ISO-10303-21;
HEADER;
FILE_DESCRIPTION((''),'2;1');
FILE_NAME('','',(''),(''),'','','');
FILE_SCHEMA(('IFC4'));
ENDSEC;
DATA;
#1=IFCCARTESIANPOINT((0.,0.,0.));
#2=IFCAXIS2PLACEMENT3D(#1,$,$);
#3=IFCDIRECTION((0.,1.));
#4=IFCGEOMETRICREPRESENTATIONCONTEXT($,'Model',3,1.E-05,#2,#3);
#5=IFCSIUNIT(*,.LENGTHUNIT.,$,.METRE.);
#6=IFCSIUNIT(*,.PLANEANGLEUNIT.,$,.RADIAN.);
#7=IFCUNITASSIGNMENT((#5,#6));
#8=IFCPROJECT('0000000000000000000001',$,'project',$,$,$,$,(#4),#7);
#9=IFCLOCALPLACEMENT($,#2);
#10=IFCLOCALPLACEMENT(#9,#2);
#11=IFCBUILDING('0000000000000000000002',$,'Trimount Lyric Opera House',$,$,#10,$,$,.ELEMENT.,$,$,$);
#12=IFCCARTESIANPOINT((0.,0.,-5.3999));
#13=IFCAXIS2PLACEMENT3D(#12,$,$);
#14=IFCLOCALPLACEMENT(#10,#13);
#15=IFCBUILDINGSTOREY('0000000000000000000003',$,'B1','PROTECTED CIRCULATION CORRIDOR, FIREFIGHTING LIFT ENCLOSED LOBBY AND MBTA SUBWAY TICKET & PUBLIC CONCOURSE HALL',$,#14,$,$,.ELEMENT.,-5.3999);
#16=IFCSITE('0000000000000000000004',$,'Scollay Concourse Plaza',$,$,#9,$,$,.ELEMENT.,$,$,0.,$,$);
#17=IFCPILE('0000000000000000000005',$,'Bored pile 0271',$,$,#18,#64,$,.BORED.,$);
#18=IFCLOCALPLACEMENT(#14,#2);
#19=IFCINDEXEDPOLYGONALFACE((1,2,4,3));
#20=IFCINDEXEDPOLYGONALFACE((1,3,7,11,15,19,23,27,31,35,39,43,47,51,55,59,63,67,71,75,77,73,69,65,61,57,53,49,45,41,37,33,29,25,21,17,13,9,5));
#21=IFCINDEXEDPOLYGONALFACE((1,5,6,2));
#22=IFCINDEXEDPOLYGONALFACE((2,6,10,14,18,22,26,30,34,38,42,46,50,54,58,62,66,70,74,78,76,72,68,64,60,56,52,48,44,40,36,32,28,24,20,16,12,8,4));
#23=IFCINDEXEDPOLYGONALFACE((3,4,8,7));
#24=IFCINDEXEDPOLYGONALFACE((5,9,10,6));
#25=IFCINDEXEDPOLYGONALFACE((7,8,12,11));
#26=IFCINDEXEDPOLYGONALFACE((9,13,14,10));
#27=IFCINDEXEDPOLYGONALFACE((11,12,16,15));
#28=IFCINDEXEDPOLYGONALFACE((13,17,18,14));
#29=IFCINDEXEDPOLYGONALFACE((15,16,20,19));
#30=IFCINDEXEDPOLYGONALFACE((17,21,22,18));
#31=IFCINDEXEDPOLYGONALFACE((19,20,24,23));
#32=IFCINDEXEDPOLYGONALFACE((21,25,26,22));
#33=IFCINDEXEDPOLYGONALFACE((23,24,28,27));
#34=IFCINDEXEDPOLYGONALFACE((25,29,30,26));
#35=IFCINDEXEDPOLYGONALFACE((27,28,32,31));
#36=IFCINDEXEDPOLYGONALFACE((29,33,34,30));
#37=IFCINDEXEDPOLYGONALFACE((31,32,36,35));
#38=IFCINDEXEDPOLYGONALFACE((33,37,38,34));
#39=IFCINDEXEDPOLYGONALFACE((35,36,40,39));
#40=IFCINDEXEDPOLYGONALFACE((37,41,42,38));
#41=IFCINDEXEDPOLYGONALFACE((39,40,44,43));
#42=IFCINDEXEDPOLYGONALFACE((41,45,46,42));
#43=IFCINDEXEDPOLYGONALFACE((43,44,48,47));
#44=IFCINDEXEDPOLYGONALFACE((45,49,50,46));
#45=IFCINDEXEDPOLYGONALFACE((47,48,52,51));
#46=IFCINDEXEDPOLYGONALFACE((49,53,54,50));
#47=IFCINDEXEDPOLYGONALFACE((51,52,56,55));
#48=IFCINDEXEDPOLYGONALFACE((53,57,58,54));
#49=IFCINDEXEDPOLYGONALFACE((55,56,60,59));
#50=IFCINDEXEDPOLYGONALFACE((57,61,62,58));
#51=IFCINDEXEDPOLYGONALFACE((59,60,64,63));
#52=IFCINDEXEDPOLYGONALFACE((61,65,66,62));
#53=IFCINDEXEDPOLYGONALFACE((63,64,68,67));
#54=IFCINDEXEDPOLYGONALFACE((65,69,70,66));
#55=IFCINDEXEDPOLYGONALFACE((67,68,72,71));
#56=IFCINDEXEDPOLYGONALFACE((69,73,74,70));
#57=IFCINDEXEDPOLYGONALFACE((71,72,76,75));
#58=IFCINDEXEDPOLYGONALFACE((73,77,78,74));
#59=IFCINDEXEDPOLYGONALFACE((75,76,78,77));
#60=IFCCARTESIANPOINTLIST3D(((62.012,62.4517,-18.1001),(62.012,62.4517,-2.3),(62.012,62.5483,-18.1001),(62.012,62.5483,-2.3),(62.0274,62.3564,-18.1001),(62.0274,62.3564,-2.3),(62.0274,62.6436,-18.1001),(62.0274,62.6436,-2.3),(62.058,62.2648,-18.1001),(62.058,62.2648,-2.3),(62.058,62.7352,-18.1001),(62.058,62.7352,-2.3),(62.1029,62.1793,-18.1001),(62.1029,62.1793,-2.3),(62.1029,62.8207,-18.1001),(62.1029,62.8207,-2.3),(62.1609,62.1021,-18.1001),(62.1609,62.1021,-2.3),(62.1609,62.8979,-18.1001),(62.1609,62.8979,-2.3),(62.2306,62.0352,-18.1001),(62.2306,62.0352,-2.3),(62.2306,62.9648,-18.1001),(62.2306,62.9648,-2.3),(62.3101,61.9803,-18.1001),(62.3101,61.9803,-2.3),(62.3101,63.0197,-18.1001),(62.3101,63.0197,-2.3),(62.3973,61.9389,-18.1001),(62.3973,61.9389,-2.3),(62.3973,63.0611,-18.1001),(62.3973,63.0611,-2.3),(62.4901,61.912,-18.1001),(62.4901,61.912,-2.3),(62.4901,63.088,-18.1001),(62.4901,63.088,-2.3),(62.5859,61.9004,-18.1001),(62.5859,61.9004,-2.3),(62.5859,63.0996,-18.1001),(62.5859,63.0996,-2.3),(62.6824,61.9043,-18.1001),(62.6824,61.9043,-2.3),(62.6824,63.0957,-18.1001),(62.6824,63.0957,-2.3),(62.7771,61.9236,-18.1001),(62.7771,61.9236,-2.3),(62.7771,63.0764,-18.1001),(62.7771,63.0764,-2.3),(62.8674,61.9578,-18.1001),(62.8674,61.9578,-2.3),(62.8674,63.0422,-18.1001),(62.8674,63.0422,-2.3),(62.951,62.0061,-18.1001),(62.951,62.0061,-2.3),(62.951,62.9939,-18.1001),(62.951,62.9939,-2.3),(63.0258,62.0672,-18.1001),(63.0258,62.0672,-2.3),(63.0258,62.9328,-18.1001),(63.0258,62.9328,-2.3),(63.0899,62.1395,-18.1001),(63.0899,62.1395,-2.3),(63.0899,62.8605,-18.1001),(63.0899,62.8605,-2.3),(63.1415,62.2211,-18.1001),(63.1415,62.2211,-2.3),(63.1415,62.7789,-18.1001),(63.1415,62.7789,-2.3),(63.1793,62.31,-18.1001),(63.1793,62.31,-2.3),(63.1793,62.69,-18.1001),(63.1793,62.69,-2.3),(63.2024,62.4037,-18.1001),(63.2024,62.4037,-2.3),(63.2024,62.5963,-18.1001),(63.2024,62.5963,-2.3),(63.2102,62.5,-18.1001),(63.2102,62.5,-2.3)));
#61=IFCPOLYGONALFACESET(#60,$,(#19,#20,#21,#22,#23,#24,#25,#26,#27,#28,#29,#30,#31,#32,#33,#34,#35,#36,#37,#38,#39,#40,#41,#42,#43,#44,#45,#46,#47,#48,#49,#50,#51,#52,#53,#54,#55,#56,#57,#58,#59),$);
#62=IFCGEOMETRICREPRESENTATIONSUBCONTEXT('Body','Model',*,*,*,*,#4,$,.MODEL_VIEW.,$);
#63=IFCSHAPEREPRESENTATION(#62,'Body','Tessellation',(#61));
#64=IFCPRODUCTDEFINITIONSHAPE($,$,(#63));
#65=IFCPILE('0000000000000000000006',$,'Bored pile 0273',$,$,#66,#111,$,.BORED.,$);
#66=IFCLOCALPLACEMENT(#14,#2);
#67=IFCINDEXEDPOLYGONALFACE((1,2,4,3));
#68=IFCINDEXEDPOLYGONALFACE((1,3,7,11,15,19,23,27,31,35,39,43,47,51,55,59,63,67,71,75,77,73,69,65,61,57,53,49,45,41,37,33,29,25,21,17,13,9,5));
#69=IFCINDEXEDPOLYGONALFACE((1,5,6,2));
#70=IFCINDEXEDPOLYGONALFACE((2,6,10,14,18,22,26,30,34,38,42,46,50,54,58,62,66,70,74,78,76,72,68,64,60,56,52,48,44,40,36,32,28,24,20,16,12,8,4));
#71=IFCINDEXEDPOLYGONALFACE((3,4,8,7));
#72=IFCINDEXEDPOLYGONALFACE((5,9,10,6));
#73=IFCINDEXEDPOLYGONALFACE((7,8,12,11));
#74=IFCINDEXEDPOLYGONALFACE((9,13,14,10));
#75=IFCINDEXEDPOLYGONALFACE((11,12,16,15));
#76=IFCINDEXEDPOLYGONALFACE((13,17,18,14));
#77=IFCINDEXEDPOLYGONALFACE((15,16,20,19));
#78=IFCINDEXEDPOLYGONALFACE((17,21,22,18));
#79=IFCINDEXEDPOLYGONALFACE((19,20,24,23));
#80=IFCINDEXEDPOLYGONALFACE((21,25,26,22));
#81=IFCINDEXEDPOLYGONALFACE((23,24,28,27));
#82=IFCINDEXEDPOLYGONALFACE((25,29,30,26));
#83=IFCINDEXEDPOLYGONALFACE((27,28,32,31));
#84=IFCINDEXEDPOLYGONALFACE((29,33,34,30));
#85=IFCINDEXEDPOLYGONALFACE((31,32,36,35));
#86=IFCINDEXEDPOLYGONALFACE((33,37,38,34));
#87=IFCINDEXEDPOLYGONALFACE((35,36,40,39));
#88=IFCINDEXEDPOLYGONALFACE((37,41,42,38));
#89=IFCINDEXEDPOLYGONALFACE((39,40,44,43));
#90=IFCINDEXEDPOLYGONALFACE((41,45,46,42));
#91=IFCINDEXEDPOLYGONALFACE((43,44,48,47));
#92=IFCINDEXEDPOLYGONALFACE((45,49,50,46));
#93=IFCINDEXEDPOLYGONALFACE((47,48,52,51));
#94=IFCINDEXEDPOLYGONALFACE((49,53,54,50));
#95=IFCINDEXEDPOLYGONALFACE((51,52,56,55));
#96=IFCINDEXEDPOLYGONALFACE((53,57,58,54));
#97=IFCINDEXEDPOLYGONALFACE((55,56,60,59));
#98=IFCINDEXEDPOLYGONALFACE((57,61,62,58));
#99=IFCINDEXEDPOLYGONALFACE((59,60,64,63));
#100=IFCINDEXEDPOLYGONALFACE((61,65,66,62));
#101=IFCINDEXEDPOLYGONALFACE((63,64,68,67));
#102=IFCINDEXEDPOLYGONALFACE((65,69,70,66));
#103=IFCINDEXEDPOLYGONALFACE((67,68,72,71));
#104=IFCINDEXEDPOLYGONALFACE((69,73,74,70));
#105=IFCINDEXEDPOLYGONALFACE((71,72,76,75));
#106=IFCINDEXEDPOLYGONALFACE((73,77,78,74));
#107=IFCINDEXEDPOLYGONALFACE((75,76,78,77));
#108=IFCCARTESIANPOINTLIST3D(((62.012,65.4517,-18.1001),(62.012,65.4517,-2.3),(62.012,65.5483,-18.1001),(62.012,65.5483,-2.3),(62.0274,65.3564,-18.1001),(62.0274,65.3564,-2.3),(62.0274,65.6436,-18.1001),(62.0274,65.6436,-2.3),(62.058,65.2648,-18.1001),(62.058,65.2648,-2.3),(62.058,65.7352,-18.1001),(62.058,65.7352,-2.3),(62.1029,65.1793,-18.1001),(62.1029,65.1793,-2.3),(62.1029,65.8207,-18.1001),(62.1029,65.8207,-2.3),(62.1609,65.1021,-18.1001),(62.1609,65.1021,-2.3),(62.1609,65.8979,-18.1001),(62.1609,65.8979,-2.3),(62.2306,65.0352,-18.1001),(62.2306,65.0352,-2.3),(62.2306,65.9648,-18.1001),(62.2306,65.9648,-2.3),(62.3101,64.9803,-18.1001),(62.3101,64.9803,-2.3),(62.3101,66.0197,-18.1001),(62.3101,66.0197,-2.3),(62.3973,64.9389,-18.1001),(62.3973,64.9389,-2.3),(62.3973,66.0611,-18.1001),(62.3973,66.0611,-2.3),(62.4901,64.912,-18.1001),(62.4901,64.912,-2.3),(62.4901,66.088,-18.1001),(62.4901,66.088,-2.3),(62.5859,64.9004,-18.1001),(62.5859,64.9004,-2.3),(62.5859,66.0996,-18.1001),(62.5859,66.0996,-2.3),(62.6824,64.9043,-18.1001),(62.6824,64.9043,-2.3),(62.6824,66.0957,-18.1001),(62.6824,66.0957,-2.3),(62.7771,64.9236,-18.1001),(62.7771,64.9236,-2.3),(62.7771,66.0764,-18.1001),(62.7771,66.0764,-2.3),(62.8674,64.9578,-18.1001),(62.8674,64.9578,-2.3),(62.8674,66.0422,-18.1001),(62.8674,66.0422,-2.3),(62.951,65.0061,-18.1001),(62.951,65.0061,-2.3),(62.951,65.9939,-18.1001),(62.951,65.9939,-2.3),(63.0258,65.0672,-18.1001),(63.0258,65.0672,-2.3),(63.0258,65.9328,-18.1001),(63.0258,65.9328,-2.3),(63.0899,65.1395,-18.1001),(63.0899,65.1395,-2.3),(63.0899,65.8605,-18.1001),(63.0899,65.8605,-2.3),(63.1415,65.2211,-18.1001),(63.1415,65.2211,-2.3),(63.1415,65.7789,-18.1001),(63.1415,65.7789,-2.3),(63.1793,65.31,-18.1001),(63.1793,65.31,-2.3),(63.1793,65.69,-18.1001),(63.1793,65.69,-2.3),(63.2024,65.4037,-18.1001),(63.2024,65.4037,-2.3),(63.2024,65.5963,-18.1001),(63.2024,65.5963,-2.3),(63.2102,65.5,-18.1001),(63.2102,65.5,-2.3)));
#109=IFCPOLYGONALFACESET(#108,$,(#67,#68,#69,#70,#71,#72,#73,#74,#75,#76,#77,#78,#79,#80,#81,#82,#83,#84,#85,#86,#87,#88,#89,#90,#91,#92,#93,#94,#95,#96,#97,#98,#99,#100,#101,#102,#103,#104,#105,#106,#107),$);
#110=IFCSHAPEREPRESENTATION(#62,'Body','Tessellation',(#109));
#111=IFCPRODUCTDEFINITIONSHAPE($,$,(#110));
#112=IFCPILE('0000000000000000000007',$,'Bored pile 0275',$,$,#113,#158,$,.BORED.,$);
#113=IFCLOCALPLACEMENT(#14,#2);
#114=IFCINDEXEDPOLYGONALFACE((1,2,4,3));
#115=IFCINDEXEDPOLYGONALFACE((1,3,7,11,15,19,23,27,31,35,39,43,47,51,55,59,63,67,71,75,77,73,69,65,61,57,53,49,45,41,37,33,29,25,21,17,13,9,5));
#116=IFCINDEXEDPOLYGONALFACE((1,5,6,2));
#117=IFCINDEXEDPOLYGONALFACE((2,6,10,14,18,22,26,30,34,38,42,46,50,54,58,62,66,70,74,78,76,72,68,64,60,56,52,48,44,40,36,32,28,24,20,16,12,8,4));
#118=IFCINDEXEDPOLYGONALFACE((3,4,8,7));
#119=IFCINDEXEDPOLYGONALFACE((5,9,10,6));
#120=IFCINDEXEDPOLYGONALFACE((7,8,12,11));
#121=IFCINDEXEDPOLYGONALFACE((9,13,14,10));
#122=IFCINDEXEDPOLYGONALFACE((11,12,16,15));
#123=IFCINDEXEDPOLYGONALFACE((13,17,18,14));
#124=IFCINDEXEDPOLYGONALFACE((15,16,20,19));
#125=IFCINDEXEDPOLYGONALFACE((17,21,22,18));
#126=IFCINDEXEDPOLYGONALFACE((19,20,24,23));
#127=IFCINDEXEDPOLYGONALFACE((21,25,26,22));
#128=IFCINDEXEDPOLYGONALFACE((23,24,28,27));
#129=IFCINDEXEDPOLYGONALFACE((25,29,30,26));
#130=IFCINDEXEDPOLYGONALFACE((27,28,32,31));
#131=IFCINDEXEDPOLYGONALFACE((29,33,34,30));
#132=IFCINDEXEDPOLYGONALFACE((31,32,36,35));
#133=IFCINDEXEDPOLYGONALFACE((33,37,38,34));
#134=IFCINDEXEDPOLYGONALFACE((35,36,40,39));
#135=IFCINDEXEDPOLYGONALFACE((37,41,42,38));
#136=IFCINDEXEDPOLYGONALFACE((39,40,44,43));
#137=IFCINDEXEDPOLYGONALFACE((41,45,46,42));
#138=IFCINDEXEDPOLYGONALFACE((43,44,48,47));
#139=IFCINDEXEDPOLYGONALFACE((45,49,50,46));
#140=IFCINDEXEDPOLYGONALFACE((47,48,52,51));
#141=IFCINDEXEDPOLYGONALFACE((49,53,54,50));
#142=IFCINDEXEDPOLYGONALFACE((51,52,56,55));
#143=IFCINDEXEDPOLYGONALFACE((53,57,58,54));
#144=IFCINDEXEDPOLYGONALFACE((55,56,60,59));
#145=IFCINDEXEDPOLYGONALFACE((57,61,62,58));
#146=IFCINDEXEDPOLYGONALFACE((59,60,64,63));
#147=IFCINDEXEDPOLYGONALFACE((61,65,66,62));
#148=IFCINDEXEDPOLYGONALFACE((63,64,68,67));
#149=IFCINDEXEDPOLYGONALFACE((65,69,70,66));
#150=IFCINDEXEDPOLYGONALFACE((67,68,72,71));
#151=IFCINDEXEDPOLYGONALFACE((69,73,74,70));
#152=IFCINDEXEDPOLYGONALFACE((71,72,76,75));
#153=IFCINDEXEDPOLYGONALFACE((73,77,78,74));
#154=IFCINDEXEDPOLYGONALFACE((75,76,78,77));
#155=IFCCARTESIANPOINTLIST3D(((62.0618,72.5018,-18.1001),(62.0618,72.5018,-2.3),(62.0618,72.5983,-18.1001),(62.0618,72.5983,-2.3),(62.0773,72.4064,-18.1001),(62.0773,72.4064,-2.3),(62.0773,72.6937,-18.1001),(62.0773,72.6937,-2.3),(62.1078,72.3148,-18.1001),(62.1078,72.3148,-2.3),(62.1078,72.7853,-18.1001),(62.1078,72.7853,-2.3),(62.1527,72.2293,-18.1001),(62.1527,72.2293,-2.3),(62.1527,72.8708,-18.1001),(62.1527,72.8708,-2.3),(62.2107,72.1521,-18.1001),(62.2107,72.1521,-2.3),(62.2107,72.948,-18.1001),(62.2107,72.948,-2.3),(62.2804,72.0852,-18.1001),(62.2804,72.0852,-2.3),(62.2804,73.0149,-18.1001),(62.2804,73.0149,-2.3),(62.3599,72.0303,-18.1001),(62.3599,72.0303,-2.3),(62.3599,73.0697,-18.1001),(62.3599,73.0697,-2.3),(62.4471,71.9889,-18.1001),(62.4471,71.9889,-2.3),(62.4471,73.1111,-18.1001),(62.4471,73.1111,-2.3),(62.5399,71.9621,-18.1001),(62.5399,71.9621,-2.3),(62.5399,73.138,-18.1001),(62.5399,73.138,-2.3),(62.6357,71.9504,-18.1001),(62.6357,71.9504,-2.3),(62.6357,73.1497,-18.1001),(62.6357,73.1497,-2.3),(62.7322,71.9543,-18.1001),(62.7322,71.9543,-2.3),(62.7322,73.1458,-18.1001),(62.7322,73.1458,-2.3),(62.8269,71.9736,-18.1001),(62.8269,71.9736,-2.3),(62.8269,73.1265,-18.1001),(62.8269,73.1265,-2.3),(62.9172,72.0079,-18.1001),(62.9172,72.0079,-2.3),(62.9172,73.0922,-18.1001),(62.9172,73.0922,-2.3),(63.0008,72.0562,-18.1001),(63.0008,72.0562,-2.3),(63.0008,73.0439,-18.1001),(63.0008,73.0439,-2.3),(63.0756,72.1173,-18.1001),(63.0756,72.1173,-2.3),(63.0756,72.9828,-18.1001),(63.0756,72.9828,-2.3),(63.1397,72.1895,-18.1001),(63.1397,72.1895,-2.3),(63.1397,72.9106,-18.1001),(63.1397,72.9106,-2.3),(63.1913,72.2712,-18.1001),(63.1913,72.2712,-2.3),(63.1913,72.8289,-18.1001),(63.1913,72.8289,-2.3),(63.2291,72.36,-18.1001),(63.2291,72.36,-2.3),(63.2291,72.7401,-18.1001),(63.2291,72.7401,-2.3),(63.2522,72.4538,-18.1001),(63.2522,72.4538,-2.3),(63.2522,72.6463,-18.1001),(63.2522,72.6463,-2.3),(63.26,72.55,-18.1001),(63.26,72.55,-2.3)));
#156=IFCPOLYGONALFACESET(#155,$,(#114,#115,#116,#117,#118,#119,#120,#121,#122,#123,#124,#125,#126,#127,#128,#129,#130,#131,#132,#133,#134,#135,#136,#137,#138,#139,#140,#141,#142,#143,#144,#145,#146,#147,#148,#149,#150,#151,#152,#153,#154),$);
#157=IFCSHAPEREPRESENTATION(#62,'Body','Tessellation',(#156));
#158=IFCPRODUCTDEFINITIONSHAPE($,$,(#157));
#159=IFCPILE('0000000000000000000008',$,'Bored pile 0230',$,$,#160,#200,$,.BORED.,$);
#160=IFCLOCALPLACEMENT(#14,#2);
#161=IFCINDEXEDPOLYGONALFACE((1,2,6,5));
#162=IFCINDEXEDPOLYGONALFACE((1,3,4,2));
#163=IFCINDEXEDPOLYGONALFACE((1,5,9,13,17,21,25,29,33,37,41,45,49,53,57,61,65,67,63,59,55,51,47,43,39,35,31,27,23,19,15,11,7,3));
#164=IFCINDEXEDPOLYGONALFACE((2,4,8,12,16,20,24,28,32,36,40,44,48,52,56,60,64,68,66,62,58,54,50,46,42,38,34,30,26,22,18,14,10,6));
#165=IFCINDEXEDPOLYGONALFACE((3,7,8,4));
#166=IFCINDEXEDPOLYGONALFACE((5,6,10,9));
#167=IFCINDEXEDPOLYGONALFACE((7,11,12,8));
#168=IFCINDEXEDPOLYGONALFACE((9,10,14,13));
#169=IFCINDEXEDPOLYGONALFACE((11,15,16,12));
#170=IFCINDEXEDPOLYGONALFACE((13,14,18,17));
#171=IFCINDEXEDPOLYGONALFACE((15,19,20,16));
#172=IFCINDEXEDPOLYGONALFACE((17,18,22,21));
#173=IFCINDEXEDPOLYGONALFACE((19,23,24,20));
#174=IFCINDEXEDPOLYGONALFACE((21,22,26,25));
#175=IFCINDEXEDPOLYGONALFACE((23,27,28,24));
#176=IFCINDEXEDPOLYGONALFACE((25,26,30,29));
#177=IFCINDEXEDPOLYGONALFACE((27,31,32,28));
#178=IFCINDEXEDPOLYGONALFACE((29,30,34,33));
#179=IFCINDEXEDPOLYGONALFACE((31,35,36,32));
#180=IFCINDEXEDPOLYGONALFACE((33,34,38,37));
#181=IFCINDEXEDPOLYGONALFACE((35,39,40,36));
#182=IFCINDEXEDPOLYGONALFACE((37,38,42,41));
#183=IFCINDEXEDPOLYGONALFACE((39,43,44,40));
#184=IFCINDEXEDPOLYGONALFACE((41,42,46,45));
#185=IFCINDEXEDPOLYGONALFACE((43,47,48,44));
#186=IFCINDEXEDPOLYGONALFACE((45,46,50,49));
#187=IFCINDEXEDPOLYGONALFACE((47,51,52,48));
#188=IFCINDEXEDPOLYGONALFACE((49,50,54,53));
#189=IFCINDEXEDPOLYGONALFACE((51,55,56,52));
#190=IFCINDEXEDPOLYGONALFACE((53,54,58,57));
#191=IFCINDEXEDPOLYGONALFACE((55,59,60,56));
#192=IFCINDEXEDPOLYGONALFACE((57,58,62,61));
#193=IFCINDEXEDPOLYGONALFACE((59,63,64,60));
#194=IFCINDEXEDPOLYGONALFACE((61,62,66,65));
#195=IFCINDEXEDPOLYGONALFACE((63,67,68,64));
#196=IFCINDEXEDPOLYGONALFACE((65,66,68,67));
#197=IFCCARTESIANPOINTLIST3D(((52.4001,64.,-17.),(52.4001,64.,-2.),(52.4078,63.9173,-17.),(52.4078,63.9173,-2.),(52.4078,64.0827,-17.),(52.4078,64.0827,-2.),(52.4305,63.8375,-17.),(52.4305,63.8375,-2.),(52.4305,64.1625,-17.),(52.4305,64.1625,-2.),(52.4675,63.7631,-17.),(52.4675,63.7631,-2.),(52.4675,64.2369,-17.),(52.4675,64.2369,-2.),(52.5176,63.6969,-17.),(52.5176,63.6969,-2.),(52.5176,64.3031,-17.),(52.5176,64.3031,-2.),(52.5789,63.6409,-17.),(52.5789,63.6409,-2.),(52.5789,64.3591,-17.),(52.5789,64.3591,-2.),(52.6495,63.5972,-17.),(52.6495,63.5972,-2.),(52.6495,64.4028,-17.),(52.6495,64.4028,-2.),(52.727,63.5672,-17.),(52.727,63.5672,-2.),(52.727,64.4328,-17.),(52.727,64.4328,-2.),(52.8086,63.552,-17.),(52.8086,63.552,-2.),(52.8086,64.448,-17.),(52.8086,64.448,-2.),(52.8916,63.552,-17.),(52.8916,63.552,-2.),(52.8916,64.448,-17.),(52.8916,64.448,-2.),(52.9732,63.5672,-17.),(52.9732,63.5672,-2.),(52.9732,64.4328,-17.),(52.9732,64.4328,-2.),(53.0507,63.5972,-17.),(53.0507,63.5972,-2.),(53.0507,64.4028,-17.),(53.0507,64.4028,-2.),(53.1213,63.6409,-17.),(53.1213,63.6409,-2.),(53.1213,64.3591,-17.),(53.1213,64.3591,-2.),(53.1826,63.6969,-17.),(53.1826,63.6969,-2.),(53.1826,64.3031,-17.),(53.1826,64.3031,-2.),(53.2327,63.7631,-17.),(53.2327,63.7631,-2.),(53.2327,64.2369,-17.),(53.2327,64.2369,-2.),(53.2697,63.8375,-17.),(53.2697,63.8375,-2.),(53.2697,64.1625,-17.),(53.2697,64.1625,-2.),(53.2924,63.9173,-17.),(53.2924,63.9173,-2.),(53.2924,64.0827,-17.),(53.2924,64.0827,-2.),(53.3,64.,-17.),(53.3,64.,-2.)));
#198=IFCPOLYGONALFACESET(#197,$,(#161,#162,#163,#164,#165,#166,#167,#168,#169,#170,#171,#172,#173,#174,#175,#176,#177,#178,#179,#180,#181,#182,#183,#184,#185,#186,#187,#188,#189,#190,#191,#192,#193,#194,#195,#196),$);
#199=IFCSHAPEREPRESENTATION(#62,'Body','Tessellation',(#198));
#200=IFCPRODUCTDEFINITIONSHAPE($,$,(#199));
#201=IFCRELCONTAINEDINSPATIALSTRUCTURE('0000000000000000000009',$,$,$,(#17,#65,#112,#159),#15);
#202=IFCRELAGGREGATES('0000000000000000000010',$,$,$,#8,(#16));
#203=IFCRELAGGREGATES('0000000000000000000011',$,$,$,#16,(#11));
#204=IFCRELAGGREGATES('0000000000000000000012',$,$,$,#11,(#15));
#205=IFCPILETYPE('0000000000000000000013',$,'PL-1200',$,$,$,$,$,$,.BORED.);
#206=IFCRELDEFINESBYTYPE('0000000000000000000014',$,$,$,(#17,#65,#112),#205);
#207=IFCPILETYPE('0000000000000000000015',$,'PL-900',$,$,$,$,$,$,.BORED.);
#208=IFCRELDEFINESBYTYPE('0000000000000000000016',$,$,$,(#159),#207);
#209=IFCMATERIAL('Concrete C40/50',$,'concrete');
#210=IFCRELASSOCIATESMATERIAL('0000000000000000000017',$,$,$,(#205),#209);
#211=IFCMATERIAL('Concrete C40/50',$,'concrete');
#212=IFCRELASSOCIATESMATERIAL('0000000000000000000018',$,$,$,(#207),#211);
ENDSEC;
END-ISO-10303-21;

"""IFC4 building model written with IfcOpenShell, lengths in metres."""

from ifc_helpers import new_model, si_unit, direction, frame, origin, origin_2d, place, context, subcontext, project, spatial, circle, extrude, material, material_profile, profile_set, type_object, element, save


model = new_model("IFC4")

# Units and contexts
model_context = context("Model", 3, precision=1e-05, world=origin(), true_north=direction((0.0, 1.0)))
body_context = subcontext(model_context, "Body", "Model", "MODEL_VIEW")
ifc_project = project(units=[si_unit("LENGTHUNIT", "METRE"), si_unit("PLANEANGLEUNIT", "RADIAN")], contexts=[model_context])

# Site, building, storey
site_placement = place(None, origin())
site = spatial("IfcSite", under=ifc_project, at=site_placement, Name="Scollay Concourse Plaza", CompositionType="ELEMENT", RefElevation=0.0)
building_placement = place(site_placement, origin())
building = spatial("IfcBuilding", under=site, at=building_placement, Name="Trimount Lyric Opera House", CompositionType="ELEMENT")
storey_placement = place(building_placement, frame((0.0, 0.0, -5.3999)))
storey = spatial("IfcBuildingStorey", under=building, at=storey_placement, Name="B1", Description="PROTECTED CIRCULATION CORRIDOR, FIREFIGHTING LIFT ENCLOSED LOBBY AND MBTA SUBWAY TICKET & PUBLIC CONCOURSE HALL", CompositionType="ELEMENT", Elevation=-5.3999)

# Piles
ifc_material_1 = material(Name="Concrete C40/50", Category="concrete")
ifc_material_profile_1 = material_profile(ifc_material_1, circle(Radius=0.6001, at=origin_2d()), Name="PILE-D1200")
ifc_profile_set_1 = profile_set([ifc_material_profile_1], Name="Concrete C40/50")
pile_type_1 = type_object("IfcPileType", Name="PL-1200", PredefinedType="BORED", material=ifc_profile_set_1)
for number, where, z_axis, x_axis, name in (
    (1, (62.6101, 62.5, -2.3), (0.0, 0.0, -1.0), (1.0, 0.0, 0.0), "Bored pile 0271"),
    (2, (62.6101, 65.5, -2.3), (0.0, 0.0, -1.0), (1.0, 0.0, 0.0), "Bored pile 0273"),
    (3, (62.6599, 72.55, -2.3), (0.0, 0.0, -1.0), (1.0, 0.0, 0.0), "Bored pile 0275"),
):
    element("IfcPile", number, at=place(storey_placement, frame(where, z_axis=z_axis, x_axis=x_axis)), inside=storey, type_object=pile_type_1, Name=name, PredefinedType="BORED", context=body_context, shape_type="SweptSolid", body=[
        extrude(circle(Radius=0.6001, at=origin_2d()), origin(), (0.0, 0.0, 1.0), 15.8),
    ])
ifc_material_2 = material(Name="Concrete C40/50", Category="concrete")
ifc_material_profile_2 = material_profile(ifc_material_2, circle(Radius=0.45, at=origin_2d()), Name="PILE-D900")
ifc_profile_set_2 = profile_set([ifc_material_profile_2], Name="Concrete C40/50")
pile_type_2 = type_object("IfcPileType", Name="PL-900", PredefinedType="BORED", material=ifc_profile_set_2)
for number, where, z_axis, x_axis, name in (
    (4, (52.8501, 64.0, -2.0), (0.0, 0.0, -1.0), (1.0, 0.0, 0.0), "Bored pile 0230"),
):
    element("IfcPile", number, at=place(storey_placement, frame(where, z_axis=z_axis, x_axis=x_axis)), inside=storey, type_object=pile_type_2, Name=name, PredefinedType="BORED", context=body_context, shape_type="SweptSolid", body=[
        extrude(circle(Radius=0.45, at=origin_2d()), origin(), (0.0, 0.0, 1.0), 15.0),
    ])

save(model, "model.ifc")
